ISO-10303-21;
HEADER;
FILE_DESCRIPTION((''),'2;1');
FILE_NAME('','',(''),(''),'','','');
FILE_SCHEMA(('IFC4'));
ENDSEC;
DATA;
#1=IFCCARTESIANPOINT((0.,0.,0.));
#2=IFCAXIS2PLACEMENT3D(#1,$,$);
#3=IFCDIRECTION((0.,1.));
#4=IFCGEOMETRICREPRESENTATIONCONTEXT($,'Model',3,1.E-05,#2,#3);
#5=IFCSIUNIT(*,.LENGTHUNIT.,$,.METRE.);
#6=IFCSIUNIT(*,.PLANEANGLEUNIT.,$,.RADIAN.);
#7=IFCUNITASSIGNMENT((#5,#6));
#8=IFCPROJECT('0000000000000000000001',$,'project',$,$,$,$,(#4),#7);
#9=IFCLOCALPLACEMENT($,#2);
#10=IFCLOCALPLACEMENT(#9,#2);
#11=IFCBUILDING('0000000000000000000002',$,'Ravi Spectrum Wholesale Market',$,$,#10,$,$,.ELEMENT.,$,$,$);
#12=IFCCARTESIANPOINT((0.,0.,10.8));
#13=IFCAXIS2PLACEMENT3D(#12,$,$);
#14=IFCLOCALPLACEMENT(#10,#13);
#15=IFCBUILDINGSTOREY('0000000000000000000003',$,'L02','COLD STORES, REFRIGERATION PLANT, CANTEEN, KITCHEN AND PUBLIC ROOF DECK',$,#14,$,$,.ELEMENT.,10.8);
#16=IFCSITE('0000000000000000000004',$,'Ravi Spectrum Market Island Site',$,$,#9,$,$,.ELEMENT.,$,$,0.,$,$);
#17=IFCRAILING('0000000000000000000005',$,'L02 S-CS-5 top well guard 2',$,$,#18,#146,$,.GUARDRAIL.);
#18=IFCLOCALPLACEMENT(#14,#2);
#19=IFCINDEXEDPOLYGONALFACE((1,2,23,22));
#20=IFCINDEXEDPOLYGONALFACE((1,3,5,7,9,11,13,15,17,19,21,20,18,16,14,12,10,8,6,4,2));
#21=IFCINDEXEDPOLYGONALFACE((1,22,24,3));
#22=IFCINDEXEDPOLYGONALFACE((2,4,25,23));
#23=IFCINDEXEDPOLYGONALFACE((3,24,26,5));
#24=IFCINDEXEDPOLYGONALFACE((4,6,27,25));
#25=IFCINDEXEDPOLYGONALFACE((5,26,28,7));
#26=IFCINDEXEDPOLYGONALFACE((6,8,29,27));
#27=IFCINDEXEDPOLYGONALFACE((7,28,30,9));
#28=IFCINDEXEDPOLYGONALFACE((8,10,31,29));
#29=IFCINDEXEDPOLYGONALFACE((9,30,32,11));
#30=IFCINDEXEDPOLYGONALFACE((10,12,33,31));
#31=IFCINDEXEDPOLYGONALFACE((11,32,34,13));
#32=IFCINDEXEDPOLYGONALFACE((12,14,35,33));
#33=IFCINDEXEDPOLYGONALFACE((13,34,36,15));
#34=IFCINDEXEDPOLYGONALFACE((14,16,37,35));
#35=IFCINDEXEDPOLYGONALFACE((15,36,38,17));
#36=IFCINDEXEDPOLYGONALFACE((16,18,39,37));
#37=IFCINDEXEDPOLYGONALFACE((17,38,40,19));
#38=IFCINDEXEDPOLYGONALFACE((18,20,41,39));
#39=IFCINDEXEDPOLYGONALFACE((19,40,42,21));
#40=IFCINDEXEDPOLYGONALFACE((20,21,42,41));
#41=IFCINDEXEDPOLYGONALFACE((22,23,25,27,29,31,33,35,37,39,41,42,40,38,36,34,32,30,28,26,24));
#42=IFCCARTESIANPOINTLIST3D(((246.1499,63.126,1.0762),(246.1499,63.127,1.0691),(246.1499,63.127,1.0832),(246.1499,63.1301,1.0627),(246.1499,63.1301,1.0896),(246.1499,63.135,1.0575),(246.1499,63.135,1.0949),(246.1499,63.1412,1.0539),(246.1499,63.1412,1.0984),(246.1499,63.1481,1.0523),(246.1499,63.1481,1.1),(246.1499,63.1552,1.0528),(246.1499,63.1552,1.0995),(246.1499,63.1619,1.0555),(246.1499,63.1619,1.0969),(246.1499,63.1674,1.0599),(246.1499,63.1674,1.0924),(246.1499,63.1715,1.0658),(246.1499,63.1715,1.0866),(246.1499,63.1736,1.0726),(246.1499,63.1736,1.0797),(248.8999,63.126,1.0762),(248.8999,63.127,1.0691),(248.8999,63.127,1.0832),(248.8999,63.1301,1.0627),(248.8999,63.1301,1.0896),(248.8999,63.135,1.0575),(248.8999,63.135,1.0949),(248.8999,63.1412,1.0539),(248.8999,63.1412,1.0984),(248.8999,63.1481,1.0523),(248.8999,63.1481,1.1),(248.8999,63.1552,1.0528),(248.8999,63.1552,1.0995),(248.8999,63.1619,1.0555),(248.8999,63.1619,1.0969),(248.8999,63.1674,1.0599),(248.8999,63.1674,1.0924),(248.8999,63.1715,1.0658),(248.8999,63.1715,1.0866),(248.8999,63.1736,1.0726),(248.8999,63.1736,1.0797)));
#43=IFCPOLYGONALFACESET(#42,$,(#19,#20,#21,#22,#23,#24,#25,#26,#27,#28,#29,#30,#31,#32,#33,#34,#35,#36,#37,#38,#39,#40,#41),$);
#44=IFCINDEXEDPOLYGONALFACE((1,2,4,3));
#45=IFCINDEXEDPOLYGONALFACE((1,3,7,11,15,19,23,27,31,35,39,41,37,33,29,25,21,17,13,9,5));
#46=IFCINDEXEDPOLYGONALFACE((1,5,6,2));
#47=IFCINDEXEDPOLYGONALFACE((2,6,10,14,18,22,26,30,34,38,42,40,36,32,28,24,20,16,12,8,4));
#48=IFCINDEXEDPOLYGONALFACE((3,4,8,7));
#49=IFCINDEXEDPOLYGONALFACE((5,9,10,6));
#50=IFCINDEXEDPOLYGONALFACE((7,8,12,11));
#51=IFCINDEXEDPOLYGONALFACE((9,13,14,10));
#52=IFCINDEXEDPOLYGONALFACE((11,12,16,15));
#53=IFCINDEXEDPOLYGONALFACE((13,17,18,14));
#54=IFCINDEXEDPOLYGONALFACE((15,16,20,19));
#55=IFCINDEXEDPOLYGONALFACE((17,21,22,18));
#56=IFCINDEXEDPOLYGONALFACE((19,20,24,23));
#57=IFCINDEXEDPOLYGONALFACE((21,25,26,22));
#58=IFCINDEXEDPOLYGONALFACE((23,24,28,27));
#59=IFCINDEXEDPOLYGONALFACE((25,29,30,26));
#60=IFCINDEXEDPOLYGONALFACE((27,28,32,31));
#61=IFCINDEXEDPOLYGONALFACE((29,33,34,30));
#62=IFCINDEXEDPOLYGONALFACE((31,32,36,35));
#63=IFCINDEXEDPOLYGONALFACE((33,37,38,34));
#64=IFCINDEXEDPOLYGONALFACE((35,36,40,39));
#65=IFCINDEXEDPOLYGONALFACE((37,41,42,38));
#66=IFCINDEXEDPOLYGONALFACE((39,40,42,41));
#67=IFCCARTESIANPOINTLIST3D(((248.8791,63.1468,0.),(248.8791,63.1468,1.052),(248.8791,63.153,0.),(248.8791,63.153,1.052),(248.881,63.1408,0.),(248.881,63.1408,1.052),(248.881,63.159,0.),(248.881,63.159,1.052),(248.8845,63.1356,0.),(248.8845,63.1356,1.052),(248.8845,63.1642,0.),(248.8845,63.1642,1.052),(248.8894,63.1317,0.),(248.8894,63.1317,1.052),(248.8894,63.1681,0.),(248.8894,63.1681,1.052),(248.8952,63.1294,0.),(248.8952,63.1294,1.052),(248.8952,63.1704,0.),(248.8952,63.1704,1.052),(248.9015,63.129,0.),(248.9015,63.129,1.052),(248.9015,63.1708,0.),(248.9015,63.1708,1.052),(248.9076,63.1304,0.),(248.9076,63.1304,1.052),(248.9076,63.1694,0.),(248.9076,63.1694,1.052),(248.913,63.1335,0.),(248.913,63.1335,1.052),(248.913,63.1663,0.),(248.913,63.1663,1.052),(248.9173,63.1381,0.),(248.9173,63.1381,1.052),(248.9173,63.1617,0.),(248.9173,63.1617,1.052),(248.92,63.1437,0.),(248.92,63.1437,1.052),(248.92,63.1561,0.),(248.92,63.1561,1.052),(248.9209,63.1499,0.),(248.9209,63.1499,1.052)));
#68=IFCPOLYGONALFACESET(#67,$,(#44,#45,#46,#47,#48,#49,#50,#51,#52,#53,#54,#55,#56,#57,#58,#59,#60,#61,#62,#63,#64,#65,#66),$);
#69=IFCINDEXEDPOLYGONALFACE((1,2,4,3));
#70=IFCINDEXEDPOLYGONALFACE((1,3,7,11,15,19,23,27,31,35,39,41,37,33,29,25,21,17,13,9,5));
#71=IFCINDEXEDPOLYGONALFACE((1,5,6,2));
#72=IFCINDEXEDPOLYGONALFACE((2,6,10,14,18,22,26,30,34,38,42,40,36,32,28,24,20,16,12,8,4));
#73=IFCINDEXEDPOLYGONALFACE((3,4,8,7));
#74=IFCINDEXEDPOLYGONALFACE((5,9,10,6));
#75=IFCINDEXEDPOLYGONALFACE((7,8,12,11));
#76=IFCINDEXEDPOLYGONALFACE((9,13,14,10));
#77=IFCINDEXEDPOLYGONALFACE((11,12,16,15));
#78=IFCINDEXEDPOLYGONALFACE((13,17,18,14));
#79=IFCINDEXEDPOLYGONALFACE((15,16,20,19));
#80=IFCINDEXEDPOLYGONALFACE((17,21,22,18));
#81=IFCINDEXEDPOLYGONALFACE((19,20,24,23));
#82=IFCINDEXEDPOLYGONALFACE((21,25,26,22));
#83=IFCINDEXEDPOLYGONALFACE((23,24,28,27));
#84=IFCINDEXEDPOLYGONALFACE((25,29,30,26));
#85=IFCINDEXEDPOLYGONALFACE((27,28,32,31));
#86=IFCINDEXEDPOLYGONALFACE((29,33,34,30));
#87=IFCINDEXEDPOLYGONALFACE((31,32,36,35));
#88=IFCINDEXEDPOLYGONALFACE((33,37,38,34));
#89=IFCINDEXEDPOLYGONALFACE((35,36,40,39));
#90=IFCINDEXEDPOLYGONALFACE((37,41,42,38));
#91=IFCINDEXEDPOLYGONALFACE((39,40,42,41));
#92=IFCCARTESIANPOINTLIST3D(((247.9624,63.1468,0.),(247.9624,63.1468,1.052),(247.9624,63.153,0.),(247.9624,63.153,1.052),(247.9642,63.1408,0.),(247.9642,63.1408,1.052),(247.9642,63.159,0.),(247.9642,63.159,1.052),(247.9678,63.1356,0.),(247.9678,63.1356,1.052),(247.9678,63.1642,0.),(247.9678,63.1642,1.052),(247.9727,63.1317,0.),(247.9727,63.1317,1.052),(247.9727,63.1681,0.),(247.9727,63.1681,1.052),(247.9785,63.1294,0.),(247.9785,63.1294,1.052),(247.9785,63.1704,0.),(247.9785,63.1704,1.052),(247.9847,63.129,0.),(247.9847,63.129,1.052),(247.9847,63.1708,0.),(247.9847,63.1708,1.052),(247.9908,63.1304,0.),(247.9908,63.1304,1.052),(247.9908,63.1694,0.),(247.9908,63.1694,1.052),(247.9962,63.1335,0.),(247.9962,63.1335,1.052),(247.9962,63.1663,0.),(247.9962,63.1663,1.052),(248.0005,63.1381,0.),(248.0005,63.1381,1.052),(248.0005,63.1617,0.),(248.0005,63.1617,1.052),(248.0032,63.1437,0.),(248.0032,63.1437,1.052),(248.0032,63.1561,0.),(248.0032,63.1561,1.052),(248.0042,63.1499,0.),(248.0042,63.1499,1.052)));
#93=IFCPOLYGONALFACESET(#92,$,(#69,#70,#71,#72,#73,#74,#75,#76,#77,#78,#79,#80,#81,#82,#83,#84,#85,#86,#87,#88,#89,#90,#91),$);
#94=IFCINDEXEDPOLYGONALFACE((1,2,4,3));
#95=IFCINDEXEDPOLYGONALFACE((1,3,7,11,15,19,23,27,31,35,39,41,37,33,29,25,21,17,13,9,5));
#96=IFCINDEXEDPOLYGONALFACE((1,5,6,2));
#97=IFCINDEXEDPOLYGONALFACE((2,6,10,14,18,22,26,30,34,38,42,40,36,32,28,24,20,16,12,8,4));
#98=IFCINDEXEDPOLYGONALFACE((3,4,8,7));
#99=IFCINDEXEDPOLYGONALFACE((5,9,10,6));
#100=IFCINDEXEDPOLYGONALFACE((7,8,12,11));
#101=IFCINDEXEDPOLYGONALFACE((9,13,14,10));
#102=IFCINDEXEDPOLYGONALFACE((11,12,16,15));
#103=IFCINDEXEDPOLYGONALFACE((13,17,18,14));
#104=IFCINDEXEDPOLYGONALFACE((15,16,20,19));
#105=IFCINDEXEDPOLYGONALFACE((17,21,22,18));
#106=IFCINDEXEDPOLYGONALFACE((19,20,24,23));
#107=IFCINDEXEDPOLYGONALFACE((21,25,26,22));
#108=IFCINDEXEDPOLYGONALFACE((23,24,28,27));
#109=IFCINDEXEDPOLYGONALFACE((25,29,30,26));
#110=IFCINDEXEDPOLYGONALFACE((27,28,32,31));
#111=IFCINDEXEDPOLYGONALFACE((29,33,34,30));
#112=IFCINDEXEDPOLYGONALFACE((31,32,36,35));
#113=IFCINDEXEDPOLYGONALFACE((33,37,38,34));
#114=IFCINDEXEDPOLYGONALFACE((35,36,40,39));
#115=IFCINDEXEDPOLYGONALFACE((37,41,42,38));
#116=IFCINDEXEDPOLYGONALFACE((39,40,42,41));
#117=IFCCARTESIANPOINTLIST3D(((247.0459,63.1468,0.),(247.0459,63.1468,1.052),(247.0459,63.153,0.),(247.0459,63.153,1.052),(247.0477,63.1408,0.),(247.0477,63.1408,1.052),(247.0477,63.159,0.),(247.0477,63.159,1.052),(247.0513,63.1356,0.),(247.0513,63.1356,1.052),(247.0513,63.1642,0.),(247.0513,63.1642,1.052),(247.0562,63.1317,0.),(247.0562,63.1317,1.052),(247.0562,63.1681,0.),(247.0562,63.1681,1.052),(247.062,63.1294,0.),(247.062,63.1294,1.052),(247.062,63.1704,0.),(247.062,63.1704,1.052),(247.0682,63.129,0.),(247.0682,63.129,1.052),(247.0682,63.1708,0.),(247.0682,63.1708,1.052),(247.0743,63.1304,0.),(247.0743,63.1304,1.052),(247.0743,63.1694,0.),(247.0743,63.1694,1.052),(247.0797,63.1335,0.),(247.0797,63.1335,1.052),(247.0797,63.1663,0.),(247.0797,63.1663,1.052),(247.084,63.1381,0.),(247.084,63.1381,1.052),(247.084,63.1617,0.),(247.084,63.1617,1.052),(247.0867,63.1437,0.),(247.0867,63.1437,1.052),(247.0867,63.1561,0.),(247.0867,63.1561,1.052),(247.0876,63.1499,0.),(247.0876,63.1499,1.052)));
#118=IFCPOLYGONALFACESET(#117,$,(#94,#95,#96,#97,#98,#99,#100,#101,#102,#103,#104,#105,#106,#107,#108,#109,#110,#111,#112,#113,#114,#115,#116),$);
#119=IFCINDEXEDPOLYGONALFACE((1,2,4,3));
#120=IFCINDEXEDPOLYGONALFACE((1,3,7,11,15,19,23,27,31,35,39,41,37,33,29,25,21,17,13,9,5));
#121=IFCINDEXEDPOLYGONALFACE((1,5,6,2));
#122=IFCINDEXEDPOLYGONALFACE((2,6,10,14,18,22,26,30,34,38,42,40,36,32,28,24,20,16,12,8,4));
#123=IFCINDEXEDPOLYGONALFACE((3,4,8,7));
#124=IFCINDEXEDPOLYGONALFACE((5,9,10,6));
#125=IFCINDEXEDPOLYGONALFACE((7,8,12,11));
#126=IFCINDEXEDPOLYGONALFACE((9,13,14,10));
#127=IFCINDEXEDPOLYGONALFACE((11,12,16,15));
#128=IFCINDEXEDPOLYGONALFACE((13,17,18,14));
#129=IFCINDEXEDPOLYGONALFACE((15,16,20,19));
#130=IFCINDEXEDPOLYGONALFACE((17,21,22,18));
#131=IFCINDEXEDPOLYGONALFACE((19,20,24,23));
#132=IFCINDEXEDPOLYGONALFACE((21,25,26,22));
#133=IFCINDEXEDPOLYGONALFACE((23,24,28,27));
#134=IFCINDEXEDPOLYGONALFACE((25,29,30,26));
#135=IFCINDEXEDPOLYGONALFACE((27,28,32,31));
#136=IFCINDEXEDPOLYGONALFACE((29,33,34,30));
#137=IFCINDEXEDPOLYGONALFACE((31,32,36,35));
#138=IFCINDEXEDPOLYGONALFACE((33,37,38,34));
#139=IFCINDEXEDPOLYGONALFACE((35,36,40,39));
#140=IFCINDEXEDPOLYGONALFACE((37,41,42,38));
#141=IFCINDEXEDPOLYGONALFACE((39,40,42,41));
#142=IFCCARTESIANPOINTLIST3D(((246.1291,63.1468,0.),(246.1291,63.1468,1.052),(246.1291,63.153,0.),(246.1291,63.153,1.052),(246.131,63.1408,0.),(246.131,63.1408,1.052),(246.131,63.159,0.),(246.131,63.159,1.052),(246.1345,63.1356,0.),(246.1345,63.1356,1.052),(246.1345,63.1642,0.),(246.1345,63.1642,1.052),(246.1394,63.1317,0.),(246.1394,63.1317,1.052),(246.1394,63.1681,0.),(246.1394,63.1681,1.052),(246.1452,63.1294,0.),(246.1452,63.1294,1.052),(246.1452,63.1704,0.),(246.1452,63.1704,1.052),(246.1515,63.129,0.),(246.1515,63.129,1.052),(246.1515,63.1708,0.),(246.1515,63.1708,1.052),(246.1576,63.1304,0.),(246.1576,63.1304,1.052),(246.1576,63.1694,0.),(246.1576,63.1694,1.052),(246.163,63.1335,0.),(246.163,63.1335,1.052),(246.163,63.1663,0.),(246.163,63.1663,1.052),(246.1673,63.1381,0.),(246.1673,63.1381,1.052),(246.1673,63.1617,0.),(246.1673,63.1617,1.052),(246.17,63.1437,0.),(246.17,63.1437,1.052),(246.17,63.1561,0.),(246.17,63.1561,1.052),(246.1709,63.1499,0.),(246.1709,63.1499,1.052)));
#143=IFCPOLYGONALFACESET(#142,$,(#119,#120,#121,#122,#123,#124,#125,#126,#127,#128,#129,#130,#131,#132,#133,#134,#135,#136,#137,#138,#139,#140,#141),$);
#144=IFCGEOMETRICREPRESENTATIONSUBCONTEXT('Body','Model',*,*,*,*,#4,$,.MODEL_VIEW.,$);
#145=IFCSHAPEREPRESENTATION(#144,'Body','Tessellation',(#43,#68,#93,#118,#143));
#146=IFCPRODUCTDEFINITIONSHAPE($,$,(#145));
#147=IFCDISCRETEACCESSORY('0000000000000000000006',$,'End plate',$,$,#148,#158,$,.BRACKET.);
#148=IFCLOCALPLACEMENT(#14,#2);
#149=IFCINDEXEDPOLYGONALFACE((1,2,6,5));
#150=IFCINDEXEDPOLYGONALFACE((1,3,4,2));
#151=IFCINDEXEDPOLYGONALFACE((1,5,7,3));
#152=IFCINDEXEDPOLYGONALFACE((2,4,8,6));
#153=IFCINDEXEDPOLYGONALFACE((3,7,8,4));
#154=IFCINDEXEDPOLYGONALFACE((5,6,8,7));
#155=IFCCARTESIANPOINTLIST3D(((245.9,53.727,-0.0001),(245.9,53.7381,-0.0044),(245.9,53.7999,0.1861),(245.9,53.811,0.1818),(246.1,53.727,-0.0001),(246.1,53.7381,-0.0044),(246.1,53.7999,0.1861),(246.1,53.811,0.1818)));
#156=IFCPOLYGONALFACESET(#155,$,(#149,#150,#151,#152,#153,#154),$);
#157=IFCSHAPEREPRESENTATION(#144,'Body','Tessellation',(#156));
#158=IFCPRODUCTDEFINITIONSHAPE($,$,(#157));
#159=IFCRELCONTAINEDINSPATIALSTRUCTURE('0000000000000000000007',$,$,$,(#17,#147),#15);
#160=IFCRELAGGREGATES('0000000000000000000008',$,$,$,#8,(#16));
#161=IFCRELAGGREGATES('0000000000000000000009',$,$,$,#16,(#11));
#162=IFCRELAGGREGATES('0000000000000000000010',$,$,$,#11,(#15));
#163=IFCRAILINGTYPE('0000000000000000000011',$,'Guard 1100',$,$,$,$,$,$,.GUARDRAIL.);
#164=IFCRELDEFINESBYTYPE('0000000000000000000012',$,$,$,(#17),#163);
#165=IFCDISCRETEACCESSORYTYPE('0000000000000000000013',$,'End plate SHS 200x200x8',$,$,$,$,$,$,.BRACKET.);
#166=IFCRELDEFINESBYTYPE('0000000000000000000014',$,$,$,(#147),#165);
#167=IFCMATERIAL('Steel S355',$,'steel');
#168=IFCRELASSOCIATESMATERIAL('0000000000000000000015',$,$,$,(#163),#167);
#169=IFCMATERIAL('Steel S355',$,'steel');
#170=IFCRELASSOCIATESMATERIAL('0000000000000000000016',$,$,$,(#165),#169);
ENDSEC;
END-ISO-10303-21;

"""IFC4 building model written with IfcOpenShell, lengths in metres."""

from ifc_helpers import new_model, si_unit, direction, frame, origin, origin_2d, place, context, subcontext, project, spatial, rectangle, circle, extrude, material, material_profile, profile_set, type_object, element, save


model = new_model("IFC4")

# Units and contexts
model_context = context("Model", 3, precision=1e-05, world=origin(), true_north=direction((0.0, 1.0)))
body_context = subcontext(model_context, "Body", "Model", "MODEL_VIEW")
ifc_project = project(units=[si_unit("LENGTHUNIT", "METRE"), si_unit("PLANEANGLEUNIT", "RADIAN")], contexts=[model_context])

# Site, building, storey
site_placement = place(None, origin())
site = spatial("IfcSite", under=ifc_project, at=site_placement, Name="Ravi Spectrum Market Island Site", CompositionType="ELEMENT", RefElevation=0.0)
building_placement = place(site_placement, origin())
building = spatial("IfcBuilding", under=site, at=building_placement, Name="Ravi Spectrum Wholesale Market", CompositionType="ELEMENT")
storey_placement = place(building_placement, frame((0.0, 0.0, 10.8)))
storey = spatial("IfcBuildingStorey", under=building, at=storey_placement, Name="L02", Description="COLD STORES, REFRIGERATION PLANT, CANTEEN, KITCHEN AND PUBLIC ROOF DECK", CompositionType="ELEMENT", Elevation=10.8)

# Railing
ifc_material_1 = material(Name="Steel S355", Category="steel")
railing_type = type_object("IfcRailingType", Name="Guard 1100", PredefinedType="GUARDRAIL", material=ifc_material_1)
railing_placement = place(storey_placement, frame((248.8999, 63.1499, 0.0)))
element("IfcRailing", 1, at=railing_placement, inside=storey, type_object=railing_type, Name="L02 S-CS-5 top well guard 2", PredefinedType="GUARDRAIL", context=body_context, shape_type="SweptSolid", body=[
    extrude(circle(Radius=0.0239, at=origin_2d()), frame((0.0, 0.0, 1.0762), z_axis=(-1.0, 0.0, 0.0), x_axis=(0.0, -1.0, 0.0)), (0.0, 0.0, 1.0), 2.75),
    extrude(circle(Radius=0.021, at=origin_2d()), origin(), (0.0, 0.0, 1.0), 1.052),
    extrude(circle(Radius=0.021, at=origin_2d()), frame((-0.9167, 0.0, 0.0)), (0.0, 0.0, 1.0), 1.052),
    extrude(circle(Radius=0.021, at=origin_2d()), frame((-1.8333, 0.0, 0.0)), (0.0, 0.0, 1.0), 1.052),
    extrude(circle(Radius=0.021, at=origin_2d()), frame((-2.75, 0.0, 0.0)), (0.0, 0.0, 1.0), 1.052),
])

# Discrete accessory
ifc_material_2 = material(Name="Steel S355", Category="steel")
ifc_material_profile_1 = material_profile(ifc_material_2, rectangle(XDim=0.2, YDim=0.2, at=origin_2d()))
ifc_profile_set_1 = profile_set([ifc_material_profile_1], Name="Steel S355")
discrete_accessory_type = type_object("IfcDiscreteAccessoryType", Name="End plate SHS 200x200x8", PredefinedType="BRACKET", material=ifc_profile_set_1)
discrete_accessory_placement = place(storey_placement, frame((246.0, 53.7634, 0.093), z_axis=(0.0, 0.931243, -0.364399), x_axis=(-1.0, 0.0, 0.0)))
element("IfcDiscreteAccessory", 2, at=discrete_accessory_placement, inside=storey, type_object=discrete_accessory_type, Name="End plate", PredefinedType="BRACKET", context=body_context, shape_type="SweptSolid", body=[
    extrude(rectangle(XDim=0.2, YDim=0.2, at=origin_2d()), origin(), (0.0, 0.0, 1.0), 0.012),
])

save(model, "model.ifc")
